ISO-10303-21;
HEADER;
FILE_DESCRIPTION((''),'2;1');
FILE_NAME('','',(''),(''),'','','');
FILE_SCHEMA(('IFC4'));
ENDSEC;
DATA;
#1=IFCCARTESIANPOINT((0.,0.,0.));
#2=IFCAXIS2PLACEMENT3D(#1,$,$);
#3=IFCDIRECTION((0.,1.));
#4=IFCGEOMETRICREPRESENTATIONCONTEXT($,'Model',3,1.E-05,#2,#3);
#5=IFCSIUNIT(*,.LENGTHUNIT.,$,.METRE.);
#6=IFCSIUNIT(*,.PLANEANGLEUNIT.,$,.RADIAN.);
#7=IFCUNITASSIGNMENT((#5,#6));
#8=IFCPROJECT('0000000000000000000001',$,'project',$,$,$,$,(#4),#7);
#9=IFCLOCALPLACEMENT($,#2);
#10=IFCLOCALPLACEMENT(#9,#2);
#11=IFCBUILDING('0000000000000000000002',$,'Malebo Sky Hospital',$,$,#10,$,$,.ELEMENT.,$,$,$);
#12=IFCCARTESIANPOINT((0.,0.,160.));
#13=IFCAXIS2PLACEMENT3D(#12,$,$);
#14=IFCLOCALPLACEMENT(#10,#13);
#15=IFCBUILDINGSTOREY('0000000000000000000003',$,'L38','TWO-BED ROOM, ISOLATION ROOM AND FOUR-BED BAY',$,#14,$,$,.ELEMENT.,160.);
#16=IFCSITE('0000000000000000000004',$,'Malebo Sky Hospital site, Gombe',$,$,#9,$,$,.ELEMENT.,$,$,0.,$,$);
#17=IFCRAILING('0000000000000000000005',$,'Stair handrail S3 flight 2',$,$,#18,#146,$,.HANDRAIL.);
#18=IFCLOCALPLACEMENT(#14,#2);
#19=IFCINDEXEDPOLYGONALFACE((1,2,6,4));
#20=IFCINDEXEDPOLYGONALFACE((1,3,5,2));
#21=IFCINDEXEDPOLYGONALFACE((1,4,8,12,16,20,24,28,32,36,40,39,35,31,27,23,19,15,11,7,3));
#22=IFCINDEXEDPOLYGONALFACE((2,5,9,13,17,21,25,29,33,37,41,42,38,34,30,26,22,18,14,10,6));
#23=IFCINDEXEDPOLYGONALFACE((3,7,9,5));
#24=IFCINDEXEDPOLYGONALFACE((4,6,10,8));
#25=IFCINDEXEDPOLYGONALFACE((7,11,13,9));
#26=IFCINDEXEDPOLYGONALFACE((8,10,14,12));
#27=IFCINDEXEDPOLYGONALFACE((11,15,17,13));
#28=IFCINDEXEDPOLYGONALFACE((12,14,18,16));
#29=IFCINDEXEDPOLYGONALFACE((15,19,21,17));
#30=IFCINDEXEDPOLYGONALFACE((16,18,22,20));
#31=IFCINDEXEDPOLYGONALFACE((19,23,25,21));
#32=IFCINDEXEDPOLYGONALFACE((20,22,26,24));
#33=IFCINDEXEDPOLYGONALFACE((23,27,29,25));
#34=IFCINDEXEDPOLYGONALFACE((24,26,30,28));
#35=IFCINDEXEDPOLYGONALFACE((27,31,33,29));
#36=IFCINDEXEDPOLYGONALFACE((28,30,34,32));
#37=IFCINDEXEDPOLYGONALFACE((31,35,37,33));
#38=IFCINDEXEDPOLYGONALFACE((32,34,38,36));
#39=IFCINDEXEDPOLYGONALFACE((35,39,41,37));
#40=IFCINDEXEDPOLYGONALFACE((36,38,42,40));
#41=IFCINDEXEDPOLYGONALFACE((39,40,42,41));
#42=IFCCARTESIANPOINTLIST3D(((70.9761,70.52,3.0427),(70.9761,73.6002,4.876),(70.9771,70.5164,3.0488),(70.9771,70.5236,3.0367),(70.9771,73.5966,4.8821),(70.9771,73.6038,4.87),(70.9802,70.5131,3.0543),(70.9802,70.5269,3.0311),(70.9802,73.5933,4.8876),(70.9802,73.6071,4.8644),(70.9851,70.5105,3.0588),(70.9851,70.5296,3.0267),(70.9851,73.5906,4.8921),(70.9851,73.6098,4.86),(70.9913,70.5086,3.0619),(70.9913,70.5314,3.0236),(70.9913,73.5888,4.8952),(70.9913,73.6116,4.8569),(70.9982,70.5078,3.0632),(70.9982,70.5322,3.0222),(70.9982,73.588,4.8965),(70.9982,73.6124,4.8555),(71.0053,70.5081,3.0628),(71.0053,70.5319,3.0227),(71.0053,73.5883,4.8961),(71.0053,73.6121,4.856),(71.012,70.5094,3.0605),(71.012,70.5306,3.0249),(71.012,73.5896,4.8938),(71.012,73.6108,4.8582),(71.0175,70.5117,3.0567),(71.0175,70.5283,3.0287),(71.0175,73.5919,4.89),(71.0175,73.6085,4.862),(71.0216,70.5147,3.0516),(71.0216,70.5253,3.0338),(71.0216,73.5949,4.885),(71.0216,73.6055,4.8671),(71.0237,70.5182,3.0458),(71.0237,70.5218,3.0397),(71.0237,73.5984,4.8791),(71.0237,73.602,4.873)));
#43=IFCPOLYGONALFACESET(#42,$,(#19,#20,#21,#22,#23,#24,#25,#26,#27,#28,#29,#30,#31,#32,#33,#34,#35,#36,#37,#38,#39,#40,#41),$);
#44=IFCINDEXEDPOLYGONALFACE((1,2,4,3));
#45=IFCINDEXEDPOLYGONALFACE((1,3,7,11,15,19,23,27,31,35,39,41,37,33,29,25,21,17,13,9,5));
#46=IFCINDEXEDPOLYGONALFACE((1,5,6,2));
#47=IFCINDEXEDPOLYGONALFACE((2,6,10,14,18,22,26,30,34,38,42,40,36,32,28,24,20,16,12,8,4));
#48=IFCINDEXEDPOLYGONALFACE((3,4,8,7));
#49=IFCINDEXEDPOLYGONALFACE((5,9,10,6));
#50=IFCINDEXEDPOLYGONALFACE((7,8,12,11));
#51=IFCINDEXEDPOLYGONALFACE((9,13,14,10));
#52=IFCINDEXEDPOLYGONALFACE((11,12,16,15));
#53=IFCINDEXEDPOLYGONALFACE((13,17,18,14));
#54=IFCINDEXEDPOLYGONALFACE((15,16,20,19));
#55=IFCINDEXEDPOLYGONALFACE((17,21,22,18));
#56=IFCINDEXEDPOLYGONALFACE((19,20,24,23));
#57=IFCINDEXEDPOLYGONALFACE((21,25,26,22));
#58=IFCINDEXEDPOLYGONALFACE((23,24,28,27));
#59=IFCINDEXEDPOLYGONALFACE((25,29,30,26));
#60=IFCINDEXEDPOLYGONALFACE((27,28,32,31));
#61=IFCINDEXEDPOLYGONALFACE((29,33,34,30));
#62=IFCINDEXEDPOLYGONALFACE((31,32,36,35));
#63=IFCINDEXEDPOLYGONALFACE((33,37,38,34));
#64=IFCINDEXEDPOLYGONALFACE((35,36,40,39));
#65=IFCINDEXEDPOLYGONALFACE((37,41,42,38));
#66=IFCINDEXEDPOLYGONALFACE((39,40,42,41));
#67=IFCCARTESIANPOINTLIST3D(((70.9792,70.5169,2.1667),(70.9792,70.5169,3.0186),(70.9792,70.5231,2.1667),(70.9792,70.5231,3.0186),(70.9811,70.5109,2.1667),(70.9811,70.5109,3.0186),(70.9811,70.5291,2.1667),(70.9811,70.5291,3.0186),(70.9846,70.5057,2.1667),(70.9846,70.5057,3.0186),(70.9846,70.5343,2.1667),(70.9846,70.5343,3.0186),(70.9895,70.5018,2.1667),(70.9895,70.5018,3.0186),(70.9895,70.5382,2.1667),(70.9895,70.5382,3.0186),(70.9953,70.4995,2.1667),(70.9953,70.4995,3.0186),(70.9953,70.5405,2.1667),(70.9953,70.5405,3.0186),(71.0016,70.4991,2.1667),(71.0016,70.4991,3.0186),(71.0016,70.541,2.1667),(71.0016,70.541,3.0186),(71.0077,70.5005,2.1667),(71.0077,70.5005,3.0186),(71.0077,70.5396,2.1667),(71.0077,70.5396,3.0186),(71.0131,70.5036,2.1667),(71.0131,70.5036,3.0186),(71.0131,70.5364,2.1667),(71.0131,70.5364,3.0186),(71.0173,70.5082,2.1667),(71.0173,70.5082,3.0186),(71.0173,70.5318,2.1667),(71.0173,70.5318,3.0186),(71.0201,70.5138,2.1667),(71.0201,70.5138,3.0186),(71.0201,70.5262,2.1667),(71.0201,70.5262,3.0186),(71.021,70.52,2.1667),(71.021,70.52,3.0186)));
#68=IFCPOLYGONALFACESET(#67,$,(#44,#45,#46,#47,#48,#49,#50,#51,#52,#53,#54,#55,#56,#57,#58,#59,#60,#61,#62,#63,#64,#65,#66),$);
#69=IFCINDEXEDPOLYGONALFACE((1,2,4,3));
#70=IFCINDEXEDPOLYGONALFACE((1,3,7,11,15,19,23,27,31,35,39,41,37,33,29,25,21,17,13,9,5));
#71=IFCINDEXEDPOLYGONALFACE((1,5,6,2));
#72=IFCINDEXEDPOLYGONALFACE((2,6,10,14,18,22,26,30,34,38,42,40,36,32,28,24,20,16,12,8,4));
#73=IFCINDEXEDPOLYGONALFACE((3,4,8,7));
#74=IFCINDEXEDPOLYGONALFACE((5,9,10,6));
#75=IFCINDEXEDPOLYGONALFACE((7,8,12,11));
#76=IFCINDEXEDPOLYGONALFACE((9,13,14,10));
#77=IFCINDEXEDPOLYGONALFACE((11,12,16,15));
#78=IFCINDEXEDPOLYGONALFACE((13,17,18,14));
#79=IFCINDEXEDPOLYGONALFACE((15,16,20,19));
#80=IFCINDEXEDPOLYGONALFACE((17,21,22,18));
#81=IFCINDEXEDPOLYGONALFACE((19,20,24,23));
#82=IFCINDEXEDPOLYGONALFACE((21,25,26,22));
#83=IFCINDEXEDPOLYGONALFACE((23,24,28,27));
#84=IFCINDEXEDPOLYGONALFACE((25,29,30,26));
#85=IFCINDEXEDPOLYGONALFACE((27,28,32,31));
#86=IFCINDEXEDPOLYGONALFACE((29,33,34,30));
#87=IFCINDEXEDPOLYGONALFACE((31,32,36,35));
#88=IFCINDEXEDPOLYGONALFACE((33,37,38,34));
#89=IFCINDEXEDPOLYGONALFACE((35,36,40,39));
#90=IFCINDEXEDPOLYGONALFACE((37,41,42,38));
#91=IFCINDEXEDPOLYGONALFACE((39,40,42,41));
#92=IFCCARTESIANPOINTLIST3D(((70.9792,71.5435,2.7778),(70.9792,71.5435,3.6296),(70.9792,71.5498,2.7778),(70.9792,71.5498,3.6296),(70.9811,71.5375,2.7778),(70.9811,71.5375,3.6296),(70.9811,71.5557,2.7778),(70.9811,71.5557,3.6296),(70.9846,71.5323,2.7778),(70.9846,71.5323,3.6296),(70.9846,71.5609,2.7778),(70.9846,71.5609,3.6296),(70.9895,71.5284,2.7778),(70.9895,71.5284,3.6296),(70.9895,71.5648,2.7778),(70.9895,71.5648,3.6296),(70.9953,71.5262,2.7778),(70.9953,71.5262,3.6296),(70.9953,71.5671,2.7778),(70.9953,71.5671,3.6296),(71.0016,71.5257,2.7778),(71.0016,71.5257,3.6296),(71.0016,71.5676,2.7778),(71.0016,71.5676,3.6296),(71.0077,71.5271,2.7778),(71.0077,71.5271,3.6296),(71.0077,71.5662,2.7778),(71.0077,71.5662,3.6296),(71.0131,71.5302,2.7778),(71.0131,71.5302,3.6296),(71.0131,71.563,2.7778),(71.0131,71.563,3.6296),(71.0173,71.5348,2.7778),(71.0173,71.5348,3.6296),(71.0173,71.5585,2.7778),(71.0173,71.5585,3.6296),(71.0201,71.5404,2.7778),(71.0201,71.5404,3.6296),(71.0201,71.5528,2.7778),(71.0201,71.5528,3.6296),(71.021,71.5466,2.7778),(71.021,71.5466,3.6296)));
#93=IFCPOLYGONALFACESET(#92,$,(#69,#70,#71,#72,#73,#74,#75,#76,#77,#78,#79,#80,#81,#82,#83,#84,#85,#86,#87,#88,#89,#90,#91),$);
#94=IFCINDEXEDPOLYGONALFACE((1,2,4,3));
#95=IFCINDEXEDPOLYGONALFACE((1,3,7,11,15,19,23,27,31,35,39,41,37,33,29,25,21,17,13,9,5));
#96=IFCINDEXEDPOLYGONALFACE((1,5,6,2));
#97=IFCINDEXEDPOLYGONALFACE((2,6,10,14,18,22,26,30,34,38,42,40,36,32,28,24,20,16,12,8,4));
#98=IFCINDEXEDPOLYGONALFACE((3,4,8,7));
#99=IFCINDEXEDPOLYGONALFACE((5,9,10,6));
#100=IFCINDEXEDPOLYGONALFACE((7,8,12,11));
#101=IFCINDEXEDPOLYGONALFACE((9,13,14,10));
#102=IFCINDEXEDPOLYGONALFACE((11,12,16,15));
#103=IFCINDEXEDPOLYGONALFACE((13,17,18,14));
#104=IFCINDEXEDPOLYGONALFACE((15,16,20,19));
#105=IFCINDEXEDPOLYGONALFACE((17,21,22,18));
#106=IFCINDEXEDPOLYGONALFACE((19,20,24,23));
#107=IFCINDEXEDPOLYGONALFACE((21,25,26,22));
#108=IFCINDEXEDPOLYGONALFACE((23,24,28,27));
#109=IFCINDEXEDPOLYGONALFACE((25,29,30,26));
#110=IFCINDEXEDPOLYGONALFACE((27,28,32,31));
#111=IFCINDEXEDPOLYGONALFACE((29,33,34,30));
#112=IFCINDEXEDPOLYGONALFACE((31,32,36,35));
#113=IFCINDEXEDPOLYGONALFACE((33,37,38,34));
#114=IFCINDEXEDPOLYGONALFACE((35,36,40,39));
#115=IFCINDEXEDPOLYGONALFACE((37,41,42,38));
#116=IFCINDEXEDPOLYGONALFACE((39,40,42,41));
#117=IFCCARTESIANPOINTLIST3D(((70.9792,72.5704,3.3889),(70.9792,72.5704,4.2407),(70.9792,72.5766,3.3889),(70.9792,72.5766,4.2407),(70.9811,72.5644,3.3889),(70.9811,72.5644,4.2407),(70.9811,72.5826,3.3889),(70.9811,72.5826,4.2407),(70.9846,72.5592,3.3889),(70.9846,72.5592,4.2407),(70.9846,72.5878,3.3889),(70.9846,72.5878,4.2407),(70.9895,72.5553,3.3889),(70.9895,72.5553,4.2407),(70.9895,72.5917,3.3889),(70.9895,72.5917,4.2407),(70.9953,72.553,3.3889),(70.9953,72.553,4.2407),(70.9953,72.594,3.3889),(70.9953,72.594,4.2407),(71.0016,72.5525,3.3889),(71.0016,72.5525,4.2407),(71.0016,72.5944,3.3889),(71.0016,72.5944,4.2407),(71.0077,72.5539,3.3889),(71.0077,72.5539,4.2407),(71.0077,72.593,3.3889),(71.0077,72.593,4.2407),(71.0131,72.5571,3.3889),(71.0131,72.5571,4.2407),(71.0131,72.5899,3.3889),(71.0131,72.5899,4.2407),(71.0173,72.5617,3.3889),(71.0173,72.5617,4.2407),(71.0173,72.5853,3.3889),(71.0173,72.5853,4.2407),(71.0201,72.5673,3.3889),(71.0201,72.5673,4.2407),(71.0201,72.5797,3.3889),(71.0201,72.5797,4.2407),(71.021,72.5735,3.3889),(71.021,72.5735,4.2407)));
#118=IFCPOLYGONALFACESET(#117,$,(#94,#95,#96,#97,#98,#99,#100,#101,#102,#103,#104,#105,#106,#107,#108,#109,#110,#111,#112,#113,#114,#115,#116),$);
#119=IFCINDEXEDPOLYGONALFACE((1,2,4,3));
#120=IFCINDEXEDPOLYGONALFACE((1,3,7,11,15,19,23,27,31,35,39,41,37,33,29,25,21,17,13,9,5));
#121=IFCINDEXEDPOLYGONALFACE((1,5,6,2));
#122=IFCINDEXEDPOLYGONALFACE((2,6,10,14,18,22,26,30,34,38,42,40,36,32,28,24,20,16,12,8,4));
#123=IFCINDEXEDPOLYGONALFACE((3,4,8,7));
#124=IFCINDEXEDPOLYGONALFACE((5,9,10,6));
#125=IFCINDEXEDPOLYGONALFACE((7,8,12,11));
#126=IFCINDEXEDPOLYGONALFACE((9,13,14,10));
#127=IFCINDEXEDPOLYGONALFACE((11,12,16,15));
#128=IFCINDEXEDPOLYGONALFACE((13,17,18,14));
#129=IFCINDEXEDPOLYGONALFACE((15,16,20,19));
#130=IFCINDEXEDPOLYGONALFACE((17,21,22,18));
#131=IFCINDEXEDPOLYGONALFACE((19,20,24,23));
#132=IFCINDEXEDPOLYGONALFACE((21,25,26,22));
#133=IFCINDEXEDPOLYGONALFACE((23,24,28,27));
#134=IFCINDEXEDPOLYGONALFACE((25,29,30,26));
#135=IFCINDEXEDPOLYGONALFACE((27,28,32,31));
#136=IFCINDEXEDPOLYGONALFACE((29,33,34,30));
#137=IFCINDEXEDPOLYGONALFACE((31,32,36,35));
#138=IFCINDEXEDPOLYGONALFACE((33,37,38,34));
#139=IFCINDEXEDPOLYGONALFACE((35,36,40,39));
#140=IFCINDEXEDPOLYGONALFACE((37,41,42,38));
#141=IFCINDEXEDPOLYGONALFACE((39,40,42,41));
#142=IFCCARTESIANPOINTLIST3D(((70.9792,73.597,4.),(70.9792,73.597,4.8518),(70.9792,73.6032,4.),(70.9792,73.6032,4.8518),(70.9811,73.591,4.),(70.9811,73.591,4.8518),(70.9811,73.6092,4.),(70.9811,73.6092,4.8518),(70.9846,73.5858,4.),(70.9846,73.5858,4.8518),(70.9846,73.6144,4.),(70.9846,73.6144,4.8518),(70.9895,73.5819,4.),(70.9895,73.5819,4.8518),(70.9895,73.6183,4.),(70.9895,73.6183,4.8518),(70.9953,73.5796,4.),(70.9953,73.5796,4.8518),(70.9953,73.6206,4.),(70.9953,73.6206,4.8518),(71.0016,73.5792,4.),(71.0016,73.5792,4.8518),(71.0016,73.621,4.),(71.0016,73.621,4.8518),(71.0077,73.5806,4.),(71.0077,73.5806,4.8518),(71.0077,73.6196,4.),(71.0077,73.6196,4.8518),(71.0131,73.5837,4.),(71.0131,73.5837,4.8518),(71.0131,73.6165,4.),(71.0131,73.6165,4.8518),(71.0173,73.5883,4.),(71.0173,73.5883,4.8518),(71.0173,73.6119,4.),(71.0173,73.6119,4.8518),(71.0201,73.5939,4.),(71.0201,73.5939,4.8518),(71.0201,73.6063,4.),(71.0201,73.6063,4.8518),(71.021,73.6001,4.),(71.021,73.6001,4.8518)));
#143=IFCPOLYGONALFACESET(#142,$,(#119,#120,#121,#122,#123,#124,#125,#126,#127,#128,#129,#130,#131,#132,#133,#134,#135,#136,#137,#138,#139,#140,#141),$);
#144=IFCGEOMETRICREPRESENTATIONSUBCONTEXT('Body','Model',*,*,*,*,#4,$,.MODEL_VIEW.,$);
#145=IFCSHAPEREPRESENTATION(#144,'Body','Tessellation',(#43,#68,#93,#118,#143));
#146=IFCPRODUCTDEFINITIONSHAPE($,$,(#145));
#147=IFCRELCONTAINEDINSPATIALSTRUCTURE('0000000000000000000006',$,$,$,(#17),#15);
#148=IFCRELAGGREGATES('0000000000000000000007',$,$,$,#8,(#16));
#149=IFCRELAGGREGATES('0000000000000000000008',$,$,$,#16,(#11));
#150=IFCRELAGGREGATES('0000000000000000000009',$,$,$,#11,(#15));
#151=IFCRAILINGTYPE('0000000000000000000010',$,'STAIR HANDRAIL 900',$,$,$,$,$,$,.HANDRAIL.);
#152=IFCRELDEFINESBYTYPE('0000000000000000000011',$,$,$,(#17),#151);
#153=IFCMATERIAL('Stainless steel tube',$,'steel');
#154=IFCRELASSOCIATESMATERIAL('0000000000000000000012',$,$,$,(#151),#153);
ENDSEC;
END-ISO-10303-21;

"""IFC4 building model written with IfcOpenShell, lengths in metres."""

from ifc_helpers import new_model, si_unit, direction, frame, origin, origin_2d, place, context, subcontext, project, spatial, circle, extrude, material, type_object, element, save


model = new_model("IFC4")

# Units and contexts
model_context = context("Model", 3, precision=1e-05, world=origin(), true_north=direction((0.0, 1.0)))
body_context = subcontext(model_context, "Body", "Model", "MODEL_VIEW")
ifc_project = project(units=[si_unit("LENGTHUNIT", "METRE"), si_unit("PLANEANGLEUNIT", "RADIAN")], contexts=[model_context])

# Site, building, storey
site_placement = place(None, origin())
site = spatial("IfcSite", under=ifc_project, at=site_placement, Name="Malebo Sky Hospital site, Gombe", CompositionType="ELEMENT", RefElevation=0.0)
building_placement = place(site_placement, origin())
building = spatial("IfcBuilding", under=site, at=building_placement, Name="Malebo Sky Hospital", CompositionType="ELEMENT")
storey_placement = place(building_placement, frame((0.0, 0.0, 160.0)))
storey = spatial("IfcBuildingStorey", under=building, at=storey_placement, Name="L38", Description="TWO-BED ROOM, ISOLATION ROOM AND FOUR-BED BAY", CompositionType="ELEMENT", Elevation=160.0)

# Railing
ifc_material_1 = material(Name="Stainless steel tube", Category="steel")
railing_type = type_object("IfcRailingType", Name="STAIR HANDRAIL 900", PredefinedType="HANDRAIL", material=ifc_material_1)
railing_placement = place(storey_placement, frame((71.0, 70.52, 2.1667)))
element("IfcRailing", 1, at=railing_placement, inside=storey, type_object=railing_type, Name="Stair handrail S3 flight 2", PredefinedType="HANDRAIL", context=body_context, shape_type="SweptSolid", body=[
    extrude(circle(Radius=0.0239, at=origin_2d()), frame((0.0, 0.0, 0.876), z_axis=(0.0, 0.859309, 0.511458), x_axis=(-1.0, 0.0, 0.0)), (0.0, 0.0, 1.0), 3.5845),
    extrude(circle(Radius=0.021, at=origin_2d()), origin(), (0.0, 0.0, 1.0), 0.8518),
    extrude(circle(Radius=0.021, at=origin_2d()), frame((0.0, 1.0266, 0.6111)), (0.0, 0.0, 1.0), 0.8518),
    extrude(circle(Radius=0.021, at=origin_2d()), frame((0.0, 2.0535, 1.2222)), (0.0, 0.0, 1.0), 0.8518),
    extrude(circle(Radius=0.021, at=origin_2d()), frame((0.0, 3.0801, 1.8333)), (0.0, 0.0, 1.0), 0.8518),
])

save(model, "model.ifc")
